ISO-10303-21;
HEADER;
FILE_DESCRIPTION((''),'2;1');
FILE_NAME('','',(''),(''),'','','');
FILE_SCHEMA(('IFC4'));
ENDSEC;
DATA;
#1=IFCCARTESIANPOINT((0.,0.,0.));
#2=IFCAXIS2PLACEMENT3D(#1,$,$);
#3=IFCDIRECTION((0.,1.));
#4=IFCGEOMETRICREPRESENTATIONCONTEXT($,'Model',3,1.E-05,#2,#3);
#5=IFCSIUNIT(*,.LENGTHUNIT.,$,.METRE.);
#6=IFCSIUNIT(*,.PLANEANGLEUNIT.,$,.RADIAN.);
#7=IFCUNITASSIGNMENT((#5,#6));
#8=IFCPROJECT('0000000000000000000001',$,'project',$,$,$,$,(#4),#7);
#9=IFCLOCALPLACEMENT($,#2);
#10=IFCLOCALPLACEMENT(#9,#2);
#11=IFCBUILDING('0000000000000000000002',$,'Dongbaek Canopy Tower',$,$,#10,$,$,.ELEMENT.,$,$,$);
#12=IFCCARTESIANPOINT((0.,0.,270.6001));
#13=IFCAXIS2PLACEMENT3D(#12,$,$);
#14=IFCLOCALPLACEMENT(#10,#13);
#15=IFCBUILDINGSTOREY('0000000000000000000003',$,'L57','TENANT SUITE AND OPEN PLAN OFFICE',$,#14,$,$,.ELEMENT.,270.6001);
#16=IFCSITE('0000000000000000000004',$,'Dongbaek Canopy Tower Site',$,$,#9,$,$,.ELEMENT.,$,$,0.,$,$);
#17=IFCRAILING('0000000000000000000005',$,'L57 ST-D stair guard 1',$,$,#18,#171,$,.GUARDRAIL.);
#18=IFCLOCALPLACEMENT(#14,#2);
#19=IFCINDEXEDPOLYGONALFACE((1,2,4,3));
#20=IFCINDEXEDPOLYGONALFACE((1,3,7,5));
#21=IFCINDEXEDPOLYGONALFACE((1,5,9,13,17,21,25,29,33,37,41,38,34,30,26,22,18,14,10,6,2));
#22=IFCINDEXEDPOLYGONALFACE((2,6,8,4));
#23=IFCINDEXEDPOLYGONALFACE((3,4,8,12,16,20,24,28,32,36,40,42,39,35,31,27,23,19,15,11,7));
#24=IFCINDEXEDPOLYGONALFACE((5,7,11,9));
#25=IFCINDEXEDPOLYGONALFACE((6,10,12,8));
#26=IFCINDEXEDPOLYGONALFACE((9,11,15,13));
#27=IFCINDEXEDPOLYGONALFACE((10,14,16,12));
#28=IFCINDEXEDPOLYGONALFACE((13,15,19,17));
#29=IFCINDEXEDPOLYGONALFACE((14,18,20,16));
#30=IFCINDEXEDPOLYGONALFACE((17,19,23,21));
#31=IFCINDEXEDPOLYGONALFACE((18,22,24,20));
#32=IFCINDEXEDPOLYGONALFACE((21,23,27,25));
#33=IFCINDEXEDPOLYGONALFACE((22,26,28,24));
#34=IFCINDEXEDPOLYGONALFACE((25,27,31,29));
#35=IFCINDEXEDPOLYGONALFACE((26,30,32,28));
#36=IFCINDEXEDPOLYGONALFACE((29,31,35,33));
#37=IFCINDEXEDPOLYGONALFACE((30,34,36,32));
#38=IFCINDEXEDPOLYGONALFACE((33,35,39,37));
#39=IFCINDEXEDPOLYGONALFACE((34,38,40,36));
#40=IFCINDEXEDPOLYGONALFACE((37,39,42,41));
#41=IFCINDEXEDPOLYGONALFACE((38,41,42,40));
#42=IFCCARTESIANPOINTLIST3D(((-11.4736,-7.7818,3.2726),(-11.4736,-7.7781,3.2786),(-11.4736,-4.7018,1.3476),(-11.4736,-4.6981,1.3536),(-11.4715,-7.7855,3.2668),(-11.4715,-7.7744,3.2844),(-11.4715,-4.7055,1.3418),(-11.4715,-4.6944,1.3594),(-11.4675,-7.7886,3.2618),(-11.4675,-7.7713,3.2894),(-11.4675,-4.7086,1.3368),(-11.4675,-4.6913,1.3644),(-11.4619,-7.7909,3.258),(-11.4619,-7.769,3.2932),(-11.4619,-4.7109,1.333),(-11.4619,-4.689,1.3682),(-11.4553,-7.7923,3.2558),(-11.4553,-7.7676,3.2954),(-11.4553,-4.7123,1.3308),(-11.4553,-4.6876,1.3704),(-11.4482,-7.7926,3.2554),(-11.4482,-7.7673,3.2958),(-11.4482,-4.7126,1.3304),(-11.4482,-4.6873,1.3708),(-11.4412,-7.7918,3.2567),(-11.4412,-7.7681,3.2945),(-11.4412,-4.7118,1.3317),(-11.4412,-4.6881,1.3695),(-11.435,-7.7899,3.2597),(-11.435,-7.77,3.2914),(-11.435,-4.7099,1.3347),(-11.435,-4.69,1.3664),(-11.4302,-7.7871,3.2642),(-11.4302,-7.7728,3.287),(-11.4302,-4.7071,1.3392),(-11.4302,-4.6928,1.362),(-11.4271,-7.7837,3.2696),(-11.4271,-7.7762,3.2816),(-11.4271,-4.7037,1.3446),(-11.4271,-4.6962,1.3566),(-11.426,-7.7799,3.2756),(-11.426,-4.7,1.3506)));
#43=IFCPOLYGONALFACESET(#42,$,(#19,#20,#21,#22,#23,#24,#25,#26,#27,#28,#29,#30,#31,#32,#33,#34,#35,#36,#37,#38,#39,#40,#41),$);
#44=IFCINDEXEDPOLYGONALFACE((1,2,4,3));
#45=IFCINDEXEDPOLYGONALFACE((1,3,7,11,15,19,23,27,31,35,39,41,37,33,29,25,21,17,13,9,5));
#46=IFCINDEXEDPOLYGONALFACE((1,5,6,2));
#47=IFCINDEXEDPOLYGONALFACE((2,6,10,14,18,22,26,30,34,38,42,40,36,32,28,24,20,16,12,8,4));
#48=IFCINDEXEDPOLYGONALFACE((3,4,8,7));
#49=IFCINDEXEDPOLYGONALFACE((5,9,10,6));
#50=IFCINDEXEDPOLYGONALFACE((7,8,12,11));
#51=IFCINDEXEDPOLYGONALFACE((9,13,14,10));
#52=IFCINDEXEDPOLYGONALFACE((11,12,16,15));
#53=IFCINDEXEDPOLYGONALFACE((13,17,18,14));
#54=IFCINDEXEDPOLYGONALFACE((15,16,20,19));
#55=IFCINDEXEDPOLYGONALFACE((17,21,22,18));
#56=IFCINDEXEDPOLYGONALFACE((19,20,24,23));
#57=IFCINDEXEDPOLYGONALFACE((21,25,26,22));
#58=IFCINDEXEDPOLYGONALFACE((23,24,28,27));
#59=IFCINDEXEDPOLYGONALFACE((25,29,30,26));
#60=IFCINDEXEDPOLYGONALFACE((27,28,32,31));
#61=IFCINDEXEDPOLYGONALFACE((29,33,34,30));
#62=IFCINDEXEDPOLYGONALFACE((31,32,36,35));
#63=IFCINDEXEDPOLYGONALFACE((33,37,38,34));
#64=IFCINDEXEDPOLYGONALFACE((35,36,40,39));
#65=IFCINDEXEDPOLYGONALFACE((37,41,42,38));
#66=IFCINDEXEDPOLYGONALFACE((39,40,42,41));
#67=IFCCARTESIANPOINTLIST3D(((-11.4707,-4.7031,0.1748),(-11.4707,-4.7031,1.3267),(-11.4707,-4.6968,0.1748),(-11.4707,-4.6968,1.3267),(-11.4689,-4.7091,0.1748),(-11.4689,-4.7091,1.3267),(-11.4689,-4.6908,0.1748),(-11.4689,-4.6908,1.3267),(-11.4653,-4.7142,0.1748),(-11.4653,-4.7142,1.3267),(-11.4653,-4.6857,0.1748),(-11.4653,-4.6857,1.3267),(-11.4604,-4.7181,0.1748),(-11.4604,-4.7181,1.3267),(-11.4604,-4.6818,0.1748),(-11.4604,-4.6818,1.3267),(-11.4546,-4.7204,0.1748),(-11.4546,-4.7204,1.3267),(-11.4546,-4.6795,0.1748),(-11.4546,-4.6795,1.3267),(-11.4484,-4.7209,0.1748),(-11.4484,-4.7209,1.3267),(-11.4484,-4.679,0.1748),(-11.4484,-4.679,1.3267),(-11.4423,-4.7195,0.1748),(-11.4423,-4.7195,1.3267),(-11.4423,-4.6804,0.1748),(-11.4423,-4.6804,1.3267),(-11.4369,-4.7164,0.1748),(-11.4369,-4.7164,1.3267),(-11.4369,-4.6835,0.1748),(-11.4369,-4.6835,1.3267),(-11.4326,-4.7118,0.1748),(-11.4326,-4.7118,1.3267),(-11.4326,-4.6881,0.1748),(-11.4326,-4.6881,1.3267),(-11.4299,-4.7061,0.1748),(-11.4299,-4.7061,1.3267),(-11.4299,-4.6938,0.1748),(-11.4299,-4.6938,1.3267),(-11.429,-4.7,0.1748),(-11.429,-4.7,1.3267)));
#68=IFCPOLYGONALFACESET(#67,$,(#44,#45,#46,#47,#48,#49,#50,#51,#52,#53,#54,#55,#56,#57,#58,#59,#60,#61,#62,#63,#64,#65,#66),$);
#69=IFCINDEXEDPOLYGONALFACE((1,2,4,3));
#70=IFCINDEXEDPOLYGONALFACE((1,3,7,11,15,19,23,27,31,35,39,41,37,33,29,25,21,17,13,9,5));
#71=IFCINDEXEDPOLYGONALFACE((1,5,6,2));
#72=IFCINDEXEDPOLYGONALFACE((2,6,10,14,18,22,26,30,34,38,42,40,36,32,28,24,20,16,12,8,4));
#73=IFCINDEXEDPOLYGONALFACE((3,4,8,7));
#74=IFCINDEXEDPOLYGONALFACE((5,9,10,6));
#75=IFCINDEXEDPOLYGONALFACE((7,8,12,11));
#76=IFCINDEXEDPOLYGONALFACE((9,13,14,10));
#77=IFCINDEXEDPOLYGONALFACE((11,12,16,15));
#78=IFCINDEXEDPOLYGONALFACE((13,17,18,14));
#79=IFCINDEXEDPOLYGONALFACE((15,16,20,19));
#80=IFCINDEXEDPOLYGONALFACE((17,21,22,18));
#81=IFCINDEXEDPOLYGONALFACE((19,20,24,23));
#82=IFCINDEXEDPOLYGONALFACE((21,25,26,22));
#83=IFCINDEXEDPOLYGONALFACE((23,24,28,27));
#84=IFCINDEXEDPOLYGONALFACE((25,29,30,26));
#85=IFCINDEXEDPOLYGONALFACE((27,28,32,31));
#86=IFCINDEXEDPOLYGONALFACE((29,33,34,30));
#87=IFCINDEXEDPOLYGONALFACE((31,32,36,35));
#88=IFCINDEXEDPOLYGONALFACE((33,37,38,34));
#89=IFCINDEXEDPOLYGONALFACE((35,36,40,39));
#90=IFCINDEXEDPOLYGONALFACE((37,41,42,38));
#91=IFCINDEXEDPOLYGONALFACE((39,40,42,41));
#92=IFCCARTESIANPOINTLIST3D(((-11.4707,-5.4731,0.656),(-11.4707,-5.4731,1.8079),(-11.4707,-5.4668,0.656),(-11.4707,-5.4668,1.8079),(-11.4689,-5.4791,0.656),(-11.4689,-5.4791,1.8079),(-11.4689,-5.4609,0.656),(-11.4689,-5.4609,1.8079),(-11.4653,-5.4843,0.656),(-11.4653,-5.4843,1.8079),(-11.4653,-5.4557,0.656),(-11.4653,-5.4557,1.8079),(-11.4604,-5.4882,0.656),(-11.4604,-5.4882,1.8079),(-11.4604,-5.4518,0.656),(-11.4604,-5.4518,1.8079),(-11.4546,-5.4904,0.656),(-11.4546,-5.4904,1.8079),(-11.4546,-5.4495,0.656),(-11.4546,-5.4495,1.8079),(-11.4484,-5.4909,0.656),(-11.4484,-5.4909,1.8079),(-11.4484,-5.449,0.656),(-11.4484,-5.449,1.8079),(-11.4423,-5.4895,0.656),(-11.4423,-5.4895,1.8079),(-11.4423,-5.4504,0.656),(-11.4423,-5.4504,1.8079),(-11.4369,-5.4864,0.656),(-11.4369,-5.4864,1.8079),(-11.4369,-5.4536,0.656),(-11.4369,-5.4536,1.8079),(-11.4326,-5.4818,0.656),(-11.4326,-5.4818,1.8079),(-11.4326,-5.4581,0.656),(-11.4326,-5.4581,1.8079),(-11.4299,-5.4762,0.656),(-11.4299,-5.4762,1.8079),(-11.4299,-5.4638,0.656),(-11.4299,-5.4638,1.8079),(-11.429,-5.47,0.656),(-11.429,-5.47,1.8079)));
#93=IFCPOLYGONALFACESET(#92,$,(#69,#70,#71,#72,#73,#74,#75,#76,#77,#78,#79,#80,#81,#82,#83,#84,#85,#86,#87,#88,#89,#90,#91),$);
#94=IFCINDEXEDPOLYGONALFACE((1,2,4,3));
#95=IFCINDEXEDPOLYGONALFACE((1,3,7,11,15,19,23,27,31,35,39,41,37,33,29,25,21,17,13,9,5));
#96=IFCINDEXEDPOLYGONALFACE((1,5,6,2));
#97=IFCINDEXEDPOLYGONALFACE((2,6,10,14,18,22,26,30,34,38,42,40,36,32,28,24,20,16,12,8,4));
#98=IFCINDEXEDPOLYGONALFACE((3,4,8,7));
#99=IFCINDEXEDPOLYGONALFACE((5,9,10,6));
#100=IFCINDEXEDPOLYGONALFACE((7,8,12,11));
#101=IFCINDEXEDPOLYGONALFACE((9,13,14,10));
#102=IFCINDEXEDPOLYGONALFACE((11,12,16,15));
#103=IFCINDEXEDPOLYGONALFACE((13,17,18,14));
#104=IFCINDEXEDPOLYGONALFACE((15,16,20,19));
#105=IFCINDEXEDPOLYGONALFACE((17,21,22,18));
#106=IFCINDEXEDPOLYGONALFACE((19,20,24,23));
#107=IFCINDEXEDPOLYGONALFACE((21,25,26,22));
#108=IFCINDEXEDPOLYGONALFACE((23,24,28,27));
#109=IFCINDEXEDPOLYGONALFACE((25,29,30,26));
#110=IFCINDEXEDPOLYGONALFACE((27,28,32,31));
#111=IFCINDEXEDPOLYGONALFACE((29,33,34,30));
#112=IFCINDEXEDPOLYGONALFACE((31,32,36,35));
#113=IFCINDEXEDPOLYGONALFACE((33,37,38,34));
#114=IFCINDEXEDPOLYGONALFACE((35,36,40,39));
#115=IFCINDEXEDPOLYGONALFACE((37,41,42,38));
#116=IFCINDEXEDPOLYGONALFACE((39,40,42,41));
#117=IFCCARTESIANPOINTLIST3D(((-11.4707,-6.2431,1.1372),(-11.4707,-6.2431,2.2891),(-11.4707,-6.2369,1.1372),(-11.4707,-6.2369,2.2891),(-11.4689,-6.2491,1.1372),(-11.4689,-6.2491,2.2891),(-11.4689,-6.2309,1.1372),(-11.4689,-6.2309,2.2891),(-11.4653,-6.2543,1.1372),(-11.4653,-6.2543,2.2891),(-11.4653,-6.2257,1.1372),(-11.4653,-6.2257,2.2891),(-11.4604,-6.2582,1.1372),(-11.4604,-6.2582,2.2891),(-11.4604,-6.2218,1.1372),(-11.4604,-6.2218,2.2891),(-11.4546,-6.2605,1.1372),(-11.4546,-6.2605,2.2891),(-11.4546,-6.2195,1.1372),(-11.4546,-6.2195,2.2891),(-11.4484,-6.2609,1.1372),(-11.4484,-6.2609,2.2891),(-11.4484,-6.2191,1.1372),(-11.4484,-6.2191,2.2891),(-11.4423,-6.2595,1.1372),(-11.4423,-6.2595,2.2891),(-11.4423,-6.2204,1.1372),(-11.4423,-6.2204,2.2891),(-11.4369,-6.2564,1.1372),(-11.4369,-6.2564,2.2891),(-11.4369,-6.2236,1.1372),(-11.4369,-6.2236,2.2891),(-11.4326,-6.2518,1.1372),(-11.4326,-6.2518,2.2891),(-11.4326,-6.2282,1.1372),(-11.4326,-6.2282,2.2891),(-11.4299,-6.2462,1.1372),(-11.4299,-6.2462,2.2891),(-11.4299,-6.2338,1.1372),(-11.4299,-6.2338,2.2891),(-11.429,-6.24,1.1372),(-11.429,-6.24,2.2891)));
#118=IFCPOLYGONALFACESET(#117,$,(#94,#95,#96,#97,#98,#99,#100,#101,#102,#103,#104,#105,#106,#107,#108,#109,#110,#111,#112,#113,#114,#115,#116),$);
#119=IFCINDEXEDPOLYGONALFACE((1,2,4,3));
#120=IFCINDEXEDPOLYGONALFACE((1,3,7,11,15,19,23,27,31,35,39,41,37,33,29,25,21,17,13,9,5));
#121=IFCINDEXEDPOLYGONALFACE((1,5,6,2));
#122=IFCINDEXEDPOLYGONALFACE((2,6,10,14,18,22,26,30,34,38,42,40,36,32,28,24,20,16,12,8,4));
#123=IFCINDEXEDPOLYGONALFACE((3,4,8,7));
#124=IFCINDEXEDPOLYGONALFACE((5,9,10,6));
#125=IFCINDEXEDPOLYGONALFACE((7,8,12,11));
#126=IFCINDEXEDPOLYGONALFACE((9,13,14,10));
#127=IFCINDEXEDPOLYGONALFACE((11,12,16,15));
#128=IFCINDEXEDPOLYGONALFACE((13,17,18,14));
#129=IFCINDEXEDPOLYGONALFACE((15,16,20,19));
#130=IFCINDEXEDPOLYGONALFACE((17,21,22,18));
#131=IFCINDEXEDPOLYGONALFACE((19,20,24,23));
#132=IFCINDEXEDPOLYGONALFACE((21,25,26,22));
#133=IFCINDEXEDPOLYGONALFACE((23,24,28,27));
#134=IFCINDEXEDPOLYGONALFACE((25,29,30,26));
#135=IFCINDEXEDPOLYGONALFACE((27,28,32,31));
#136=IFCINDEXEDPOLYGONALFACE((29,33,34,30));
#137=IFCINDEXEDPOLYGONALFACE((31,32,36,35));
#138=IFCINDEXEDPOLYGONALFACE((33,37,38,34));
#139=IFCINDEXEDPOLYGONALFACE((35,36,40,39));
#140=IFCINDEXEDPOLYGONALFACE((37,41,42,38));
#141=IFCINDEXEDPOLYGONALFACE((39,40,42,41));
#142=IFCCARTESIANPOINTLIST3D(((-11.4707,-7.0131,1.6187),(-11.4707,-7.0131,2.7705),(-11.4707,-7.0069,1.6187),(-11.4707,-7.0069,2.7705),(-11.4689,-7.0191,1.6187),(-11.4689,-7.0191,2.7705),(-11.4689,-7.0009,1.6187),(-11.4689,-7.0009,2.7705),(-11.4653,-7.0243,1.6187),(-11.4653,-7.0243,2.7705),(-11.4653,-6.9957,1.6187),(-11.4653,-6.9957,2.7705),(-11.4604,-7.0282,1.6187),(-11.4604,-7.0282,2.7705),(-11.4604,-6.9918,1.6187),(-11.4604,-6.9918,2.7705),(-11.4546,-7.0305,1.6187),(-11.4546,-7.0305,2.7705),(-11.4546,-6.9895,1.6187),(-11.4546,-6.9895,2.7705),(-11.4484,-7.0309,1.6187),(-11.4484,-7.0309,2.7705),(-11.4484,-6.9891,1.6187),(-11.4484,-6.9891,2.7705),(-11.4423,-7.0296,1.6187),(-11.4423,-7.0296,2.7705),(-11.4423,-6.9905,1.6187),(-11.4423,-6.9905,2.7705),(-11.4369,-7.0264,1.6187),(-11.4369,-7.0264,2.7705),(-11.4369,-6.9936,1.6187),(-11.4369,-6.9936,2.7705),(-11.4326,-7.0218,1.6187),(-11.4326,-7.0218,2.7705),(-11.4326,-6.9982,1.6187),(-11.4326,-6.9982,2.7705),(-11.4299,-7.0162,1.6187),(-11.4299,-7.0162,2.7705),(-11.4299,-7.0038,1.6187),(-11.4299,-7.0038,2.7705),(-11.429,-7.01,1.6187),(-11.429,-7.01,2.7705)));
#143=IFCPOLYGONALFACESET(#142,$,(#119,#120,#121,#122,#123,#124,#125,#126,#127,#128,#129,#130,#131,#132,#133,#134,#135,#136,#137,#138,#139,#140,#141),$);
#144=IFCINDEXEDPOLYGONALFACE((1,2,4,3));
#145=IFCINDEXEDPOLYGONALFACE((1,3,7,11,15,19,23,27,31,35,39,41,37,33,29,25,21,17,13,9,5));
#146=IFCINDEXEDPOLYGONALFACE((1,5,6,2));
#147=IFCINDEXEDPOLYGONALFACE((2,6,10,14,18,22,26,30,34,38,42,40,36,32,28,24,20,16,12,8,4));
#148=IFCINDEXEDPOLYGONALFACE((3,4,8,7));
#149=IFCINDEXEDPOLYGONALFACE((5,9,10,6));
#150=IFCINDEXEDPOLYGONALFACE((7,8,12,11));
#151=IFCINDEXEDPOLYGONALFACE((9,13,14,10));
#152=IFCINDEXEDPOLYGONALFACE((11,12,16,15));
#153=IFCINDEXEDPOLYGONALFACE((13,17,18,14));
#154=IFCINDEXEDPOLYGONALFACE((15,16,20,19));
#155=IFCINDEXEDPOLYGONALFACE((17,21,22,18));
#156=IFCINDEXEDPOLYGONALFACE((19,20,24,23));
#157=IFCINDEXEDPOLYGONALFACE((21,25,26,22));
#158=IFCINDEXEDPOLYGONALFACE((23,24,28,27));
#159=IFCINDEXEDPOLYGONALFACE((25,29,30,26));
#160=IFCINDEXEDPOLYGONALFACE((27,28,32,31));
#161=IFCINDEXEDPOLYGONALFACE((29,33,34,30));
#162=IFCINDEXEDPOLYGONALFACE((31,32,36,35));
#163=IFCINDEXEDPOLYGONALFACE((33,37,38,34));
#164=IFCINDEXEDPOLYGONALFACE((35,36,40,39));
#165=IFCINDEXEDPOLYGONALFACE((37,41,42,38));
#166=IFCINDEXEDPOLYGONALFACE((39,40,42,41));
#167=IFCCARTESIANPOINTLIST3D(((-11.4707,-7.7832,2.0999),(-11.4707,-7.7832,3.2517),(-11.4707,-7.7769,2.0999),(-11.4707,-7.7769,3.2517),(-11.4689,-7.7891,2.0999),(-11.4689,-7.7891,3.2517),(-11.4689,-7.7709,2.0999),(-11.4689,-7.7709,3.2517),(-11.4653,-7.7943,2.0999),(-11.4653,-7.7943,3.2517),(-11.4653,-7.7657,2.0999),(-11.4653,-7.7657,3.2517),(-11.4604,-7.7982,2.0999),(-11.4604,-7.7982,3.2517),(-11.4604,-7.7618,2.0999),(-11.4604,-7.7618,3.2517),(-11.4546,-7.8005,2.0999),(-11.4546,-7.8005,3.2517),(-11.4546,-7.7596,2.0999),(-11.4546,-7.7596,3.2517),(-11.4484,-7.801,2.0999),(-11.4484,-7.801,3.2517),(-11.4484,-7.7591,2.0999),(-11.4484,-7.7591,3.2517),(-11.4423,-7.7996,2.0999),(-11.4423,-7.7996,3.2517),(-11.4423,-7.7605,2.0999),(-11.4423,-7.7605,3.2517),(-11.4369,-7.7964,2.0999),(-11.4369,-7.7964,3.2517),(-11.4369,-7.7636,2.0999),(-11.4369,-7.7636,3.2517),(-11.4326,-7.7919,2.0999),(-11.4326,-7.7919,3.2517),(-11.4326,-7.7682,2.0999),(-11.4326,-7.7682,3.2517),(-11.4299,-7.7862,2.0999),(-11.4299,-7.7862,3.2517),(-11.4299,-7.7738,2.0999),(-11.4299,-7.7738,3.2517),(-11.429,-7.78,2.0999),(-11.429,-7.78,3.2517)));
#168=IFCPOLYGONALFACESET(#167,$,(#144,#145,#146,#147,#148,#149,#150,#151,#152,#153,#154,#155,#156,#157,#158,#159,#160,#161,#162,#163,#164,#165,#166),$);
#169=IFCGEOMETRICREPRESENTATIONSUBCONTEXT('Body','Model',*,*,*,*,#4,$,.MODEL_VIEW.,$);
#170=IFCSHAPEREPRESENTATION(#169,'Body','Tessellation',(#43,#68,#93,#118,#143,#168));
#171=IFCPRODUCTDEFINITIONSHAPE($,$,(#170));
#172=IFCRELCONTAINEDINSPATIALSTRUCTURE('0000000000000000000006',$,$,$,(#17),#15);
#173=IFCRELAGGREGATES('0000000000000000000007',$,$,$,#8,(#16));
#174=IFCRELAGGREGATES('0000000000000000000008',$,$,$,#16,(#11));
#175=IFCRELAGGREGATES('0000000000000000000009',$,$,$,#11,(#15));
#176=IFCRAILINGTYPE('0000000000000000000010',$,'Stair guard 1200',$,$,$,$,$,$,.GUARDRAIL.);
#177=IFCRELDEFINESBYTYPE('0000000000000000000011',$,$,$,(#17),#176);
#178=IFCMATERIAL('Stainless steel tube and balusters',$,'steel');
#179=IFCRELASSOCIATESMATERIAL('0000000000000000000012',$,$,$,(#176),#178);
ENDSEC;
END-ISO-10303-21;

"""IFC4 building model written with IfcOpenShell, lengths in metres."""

from ifc_helpers import new_model, si_unit, direction, frame, origin, origin_2d, place, context, subcontext, project, spatial, circle, extrude, material, type_object, element, save


model = new_model("IFC4")

# Units and contexts
model_context = context("Model", 3, precision=1e-05, world=origin(), true_north=direction((0.0, 1.0)))
body_context = subcontext(model_context, "Body", "Model", "MODEL_VIEW")
ifc_project = project(units=[si_unit("LENGTHUNIT", "METRE"), si_unit("PLANEANGLEUNIT", "RADIAN")], contexts=[model_context])

# Site, building, storey
site_placement = place(None, origin())
site = spatial("IfcSite", under=ifc_project, at=site_placement, Name="Dongbaek Canopy Tower Site", CompositionType="ELEMENT", RefElevation=0.0)
building_placement = place(site_placement, origin())
building = spatial("IfcBuilding", under=site, at=building_placement, Name="Dongbaek Canopy Tower", CompositionType="ELEMENT")
storey_placement = place(building_placement, frame((0.0, 0.0, 270.6001)))
storey = spatial("IfcBuildingStorey", under=building, at=storey_placement, Name="L57", Description="TENANT SUITE AND OPEN PLAN OFFICE", CompositionType="ELEMENT", Elevation=270.6001)

# Railing
ifc_material_1 = material(Name="Stainless steel tube and balusters", Category="steel")
railing_type_1 = type_object("IfcRailingType", Name="Stair guard 1200", PredefinedType="GUARDRAIL", material=ifc_material_1)
railing_1_placement = place(storey_placement, frame((-11.45, -4.7, 0.1748)))
element("IfcRailing", 1, at=railing_1_placement, inside=storey, type_object=railing_type_1, Name="L57 ST-D stair guard 1", PredefinedType="GUARDRAIL", context=body_context, shape_type="SweptSolid", body=[
    extrude(circle(Radius=0.0239, at=origin_2d()), frame((0.0, 0.0, 1.1758), z_axis=(0.0, -0.847998, 0.529999), x_axis=(1.0, 0.0, 0.0)), (0.0, 0.0, 1.0), 3.6321),
    extrude(circle(Radius=0.021, at=origin_2d()), origin(), (0.0, 0.0, 1.0), 1.1519),
    extrude(circle(Radius=0.021, at=origin_2d()), frame((0.0, -0.77, 0.4812)), (0.0, 0.0, 1.0), 1.1519),
    extrude(circle(Radius=0.021, at=origin_2d()), frame((0.0, -1.54, 0.9624)), (0.0, 0.0, 1.0), 1.1519),
    extrude(circle(Radius=0.021, at=origin_2d()), frame((0.0, -2.3101, 1.4438)), (0.0, 0.0, 1.0), 1.1519),
    extrude(circle(Radius=0.021, at=origin_2d()), frame((0.0, -3.0801, 1.925)), (0.0, 0.0, 1.0), 1.1519),
])

save(model, "model.ifc")
